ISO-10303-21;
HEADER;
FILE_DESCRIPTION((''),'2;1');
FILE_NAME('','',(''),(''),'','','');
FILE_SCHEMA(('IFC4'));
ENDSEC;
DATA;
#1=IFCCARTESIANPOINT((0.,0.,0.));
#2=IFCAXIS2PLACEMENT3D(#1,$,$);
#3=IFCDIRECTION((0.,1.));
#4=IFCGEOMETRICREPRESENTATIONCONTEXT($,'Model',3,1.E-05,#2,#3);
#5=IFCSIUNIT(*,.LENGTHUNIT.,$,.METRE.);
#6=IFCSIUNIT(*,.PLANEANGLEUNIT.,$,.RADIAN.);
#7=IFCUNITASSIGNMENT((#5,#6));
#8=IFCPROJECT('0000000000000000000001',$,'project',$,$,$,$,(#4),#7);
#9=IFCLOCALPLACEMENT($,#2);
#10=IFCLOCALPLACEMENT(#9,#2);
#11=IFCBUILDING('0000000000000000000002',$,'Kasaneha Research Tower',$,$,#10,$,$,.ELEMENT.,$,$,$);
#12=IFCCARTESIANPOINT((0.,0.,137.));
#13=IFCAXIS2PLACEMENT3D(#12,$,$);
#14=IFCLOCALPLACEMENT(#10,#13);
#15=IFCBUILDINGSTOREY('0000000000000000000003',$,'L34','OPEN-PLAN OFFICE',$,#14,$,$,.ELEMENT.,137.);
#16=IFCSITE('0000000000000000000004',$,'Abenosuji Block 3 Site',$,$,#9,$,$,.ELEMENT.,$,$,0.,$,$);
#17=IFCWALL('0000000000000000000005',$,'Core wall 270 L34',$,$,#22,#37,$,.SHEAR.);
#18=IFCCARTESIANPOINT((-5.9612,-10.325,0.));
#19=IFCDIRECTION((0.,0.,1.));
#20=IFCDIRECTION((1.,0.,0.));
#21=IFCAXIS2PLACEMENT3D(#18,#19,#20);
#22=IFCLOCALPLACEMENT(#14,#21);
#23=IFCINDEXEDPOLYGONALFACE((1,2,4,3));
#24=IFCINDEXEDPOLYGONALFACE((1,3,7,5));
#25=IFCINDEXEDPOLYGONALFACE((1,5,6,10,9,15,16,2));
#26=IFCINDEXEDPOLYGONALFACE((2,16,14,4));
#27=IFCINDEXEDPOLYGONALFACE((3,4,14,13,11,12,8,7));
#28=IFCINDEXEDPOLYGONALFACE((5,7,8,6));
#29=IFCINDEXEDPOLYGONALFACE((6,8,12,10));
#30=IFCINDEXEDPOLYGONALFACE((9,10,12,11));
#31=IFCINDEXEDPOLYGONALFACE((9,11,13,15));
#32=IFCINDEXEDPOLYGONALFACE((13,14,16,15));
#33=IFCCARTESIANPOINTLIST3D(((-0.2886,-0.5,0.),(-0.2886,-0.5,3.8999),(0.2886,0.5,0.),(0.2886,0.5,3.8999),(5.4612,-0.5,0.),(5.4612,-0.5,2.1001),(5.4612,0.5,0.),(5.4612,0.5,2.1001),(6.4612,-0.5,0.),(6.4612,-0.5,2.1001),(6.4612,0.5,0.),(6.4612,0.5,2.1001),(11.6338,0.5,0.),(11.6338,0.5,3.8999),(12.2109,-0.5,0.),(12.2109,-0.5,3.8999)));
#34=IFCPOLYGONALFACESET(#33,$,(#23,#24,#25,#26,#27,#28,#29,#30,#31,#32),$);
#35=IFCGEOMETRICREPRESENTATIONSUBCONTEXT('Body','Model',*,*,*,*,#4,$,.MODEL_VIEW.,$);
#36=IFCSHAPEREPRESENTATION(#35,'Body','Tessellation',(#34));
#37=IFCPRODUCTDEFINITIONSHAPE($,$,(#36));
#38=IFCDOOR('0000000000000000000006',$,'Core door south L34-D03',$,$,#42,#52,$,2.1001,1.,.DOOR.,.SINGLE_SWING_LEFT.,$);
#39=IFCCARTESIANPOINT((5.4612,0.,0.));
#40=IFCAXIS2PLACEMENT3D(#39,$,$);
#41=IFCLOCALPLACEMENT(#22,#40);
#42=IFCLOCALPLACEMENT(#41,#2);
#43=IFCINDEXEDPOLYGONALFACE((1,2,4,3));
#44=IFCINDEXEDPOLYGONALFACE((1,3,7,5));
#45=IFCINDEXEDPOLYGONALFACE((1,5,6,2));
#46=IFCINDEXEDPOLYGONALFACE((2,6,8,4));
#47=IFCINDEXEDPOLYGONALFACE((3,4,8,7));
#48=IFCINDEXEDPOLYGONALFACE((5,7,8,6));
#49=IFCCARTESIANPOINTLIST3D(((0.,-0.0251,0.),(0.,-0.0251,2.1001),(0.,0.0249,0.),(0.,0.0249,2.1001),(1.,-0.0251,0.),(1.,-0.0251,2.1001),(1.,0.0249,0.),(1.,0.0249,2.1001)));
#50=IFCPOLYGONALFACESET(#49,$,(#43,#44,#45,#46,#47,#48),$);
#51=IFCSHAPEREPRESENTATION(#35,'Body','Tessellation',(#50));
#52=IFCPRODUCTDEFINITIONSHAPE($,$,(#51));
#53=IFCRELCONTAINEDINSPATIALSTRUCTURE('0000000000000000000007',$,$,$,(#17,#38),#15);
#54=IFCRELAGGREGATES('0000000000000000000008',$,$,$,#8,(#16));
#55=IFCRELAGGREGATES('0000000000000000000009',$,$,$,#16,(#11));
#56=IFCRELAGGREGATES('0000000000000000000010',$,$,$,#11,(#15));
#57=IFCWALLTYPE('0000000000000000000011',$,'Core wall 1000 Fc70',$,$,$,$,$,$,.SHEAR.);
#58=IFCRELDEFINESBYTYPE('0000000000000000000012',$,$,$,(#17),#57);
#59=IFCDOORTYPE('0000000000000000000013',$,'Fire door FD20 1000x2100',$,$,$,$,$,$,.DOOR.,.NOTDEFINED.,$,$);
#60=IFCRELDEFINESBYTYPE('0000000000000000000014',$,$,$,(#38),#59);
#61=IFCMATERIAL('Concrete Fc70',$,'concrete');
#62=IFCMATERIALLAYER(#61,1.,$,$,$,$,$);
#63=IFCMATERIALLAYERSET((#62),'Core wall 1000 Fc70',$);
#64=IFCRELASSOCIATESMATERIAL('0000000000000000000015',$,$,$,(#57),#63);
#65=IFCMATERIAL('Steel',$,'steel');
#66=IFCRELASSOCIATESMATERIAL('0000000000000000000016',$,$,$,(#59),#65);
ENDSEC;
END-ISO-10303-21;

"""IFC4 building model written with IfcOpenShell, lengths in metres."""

from ifc_helpers import new_model, si_unit, direction, frame, frame_2d, origin, place, context, subcontext, project, spatial, polyline, rectangle, outline, extrude, material, layer, layer_set, type_object, element, fill, save


model = new_model("IFC4")

# Units and contexts
model_context = context("Model", 3, precision=1e-05, world=origin(), true_north=direction((0.0, 1.0)))
body_context = subcontext(model_context, "Body", "Model", "MODEL_VIEW")
ifc_project = project(units=[si_unit("LENGTHUNIT", "METRE"), si_unit("PLANEANGLEUNIT", "RADIAN")], contexts=[model_context])

# Site, building, storey
site_placement = place(None, origin())
site = spatial("IfcSite", under=ifc_project, at=site_placement, Name="Abenosuji Block 3 Site", CompositionType="ELEMENT", RefElevation=0.0)
building_placement = place(site_placement, origin())
building = spatial("IfcBuilding", under=site, at=building_placement, Name="Kasaneha Research Tower", CompositionType="ELEMENT")
storey_placement = place(building_placement, frame((0.0, 0.0, 137.0)))
storey = spatial("IfcBuildingStorey", under=building, at=storey_placement, Name="L34", Description="OPEN-PLAN OFFICE", CompositionType="ELEMENT", Elevation=137.0)

# Wall, opening, door
ifc_material_1 = material(Name="Concrete Fc70", Category="concrete")
ifc_layer_1 = layer(ifc_material_1, 1.0)
ifc_layer_set_1 = layer_set([ifc_layer_1], Name="Core wall 1000 Fc70")
wall_type_1 = type_object("IfcWallType", Name="Core wall 1000 Fc70", PredefinedType="SHEAR", material=ifc_layer_set_1)
wall_1_placement = place(storey_placement, frame((-5.9612, -10.325, 0.0), z_axis=(0.0, 0.0, 1.0), x_axis=(1.0, 0.0, 0.0)))
wall_1 = element("IfcWall", 1, at=wall_1_placement, inside=storey, type_object=wall_type_1, Name="Core wall 270 L34", PredefinedType="SHEAR", context=body_context, shape_type="SweptSolid", body=[
    extrude(outline(polyline([(-0.2886, -0.5), (5.4612, -0.5), (6.4612, -0.5), (12.2109, -0.5), (11.6338, 0.5), (6.4612, 0.5), (5.4612, 0.5), (0.2886, 0.5), (-0.2886, -0.5)])), origin(), (0.0, 0.0, 1.0), 3.8999),
])
opening_1_placement = place(wall_1_placement, frame((5.4612, 0.0, 0.0)))
opening_1 = element("IfcOpeningElement", 2, at=opening_1_placement, cuts=wall_1, PredefinedType="OPENING", context=body_context, shape_type="SweptSolid", body=[
    extrude(rectangle(XDim=1.0, YDim=2.1001, at=frame_2d((0.5, 1.05))), frame((0.0, 0.51, 0.0), z_axis=(0.0, -1.0, 0.0), x_axis=(1.0, 0.0, 0.0)), (0.0, 0.0, 1.0), 1.02),
])
ifc_material_2 = material(Name="Steel", Category="steel")
door_type_1 = type_object("IfcDoorType", Name="Fire door FD20 1000x2100", OperationType="NOTDEFINED", PredefinedType="DOOR", material=ifc_material_2)
door_1_placement = place(opening_1_placement, origin())
door_1 = element("IfcDoor", 3, at=door_1_placement, inside=storey, type_object=door_type_1, Name="Core door south L34-D03", OperationType="SINGLE_SWING_LEFT", OverallHeight=2.1001, OverallWidth=1.0, PredefinedType="DOOR", context=body_context, shape_type="SweptSolid", body=[
    extrude(rectangle(XDim=1.0, YDim=2.1001, at=frame_2d((0.5, 1.05))), frame((0.0, 0.0249, 0.0), z_axis=(0.0, -1.0, 0.0), x_axis=(1.0, 0.0, 0.0)), (0.0, 0.0, 1.0), 0.05),
])
fill(opening_1, door_1)

save(model, "model.ifc")
